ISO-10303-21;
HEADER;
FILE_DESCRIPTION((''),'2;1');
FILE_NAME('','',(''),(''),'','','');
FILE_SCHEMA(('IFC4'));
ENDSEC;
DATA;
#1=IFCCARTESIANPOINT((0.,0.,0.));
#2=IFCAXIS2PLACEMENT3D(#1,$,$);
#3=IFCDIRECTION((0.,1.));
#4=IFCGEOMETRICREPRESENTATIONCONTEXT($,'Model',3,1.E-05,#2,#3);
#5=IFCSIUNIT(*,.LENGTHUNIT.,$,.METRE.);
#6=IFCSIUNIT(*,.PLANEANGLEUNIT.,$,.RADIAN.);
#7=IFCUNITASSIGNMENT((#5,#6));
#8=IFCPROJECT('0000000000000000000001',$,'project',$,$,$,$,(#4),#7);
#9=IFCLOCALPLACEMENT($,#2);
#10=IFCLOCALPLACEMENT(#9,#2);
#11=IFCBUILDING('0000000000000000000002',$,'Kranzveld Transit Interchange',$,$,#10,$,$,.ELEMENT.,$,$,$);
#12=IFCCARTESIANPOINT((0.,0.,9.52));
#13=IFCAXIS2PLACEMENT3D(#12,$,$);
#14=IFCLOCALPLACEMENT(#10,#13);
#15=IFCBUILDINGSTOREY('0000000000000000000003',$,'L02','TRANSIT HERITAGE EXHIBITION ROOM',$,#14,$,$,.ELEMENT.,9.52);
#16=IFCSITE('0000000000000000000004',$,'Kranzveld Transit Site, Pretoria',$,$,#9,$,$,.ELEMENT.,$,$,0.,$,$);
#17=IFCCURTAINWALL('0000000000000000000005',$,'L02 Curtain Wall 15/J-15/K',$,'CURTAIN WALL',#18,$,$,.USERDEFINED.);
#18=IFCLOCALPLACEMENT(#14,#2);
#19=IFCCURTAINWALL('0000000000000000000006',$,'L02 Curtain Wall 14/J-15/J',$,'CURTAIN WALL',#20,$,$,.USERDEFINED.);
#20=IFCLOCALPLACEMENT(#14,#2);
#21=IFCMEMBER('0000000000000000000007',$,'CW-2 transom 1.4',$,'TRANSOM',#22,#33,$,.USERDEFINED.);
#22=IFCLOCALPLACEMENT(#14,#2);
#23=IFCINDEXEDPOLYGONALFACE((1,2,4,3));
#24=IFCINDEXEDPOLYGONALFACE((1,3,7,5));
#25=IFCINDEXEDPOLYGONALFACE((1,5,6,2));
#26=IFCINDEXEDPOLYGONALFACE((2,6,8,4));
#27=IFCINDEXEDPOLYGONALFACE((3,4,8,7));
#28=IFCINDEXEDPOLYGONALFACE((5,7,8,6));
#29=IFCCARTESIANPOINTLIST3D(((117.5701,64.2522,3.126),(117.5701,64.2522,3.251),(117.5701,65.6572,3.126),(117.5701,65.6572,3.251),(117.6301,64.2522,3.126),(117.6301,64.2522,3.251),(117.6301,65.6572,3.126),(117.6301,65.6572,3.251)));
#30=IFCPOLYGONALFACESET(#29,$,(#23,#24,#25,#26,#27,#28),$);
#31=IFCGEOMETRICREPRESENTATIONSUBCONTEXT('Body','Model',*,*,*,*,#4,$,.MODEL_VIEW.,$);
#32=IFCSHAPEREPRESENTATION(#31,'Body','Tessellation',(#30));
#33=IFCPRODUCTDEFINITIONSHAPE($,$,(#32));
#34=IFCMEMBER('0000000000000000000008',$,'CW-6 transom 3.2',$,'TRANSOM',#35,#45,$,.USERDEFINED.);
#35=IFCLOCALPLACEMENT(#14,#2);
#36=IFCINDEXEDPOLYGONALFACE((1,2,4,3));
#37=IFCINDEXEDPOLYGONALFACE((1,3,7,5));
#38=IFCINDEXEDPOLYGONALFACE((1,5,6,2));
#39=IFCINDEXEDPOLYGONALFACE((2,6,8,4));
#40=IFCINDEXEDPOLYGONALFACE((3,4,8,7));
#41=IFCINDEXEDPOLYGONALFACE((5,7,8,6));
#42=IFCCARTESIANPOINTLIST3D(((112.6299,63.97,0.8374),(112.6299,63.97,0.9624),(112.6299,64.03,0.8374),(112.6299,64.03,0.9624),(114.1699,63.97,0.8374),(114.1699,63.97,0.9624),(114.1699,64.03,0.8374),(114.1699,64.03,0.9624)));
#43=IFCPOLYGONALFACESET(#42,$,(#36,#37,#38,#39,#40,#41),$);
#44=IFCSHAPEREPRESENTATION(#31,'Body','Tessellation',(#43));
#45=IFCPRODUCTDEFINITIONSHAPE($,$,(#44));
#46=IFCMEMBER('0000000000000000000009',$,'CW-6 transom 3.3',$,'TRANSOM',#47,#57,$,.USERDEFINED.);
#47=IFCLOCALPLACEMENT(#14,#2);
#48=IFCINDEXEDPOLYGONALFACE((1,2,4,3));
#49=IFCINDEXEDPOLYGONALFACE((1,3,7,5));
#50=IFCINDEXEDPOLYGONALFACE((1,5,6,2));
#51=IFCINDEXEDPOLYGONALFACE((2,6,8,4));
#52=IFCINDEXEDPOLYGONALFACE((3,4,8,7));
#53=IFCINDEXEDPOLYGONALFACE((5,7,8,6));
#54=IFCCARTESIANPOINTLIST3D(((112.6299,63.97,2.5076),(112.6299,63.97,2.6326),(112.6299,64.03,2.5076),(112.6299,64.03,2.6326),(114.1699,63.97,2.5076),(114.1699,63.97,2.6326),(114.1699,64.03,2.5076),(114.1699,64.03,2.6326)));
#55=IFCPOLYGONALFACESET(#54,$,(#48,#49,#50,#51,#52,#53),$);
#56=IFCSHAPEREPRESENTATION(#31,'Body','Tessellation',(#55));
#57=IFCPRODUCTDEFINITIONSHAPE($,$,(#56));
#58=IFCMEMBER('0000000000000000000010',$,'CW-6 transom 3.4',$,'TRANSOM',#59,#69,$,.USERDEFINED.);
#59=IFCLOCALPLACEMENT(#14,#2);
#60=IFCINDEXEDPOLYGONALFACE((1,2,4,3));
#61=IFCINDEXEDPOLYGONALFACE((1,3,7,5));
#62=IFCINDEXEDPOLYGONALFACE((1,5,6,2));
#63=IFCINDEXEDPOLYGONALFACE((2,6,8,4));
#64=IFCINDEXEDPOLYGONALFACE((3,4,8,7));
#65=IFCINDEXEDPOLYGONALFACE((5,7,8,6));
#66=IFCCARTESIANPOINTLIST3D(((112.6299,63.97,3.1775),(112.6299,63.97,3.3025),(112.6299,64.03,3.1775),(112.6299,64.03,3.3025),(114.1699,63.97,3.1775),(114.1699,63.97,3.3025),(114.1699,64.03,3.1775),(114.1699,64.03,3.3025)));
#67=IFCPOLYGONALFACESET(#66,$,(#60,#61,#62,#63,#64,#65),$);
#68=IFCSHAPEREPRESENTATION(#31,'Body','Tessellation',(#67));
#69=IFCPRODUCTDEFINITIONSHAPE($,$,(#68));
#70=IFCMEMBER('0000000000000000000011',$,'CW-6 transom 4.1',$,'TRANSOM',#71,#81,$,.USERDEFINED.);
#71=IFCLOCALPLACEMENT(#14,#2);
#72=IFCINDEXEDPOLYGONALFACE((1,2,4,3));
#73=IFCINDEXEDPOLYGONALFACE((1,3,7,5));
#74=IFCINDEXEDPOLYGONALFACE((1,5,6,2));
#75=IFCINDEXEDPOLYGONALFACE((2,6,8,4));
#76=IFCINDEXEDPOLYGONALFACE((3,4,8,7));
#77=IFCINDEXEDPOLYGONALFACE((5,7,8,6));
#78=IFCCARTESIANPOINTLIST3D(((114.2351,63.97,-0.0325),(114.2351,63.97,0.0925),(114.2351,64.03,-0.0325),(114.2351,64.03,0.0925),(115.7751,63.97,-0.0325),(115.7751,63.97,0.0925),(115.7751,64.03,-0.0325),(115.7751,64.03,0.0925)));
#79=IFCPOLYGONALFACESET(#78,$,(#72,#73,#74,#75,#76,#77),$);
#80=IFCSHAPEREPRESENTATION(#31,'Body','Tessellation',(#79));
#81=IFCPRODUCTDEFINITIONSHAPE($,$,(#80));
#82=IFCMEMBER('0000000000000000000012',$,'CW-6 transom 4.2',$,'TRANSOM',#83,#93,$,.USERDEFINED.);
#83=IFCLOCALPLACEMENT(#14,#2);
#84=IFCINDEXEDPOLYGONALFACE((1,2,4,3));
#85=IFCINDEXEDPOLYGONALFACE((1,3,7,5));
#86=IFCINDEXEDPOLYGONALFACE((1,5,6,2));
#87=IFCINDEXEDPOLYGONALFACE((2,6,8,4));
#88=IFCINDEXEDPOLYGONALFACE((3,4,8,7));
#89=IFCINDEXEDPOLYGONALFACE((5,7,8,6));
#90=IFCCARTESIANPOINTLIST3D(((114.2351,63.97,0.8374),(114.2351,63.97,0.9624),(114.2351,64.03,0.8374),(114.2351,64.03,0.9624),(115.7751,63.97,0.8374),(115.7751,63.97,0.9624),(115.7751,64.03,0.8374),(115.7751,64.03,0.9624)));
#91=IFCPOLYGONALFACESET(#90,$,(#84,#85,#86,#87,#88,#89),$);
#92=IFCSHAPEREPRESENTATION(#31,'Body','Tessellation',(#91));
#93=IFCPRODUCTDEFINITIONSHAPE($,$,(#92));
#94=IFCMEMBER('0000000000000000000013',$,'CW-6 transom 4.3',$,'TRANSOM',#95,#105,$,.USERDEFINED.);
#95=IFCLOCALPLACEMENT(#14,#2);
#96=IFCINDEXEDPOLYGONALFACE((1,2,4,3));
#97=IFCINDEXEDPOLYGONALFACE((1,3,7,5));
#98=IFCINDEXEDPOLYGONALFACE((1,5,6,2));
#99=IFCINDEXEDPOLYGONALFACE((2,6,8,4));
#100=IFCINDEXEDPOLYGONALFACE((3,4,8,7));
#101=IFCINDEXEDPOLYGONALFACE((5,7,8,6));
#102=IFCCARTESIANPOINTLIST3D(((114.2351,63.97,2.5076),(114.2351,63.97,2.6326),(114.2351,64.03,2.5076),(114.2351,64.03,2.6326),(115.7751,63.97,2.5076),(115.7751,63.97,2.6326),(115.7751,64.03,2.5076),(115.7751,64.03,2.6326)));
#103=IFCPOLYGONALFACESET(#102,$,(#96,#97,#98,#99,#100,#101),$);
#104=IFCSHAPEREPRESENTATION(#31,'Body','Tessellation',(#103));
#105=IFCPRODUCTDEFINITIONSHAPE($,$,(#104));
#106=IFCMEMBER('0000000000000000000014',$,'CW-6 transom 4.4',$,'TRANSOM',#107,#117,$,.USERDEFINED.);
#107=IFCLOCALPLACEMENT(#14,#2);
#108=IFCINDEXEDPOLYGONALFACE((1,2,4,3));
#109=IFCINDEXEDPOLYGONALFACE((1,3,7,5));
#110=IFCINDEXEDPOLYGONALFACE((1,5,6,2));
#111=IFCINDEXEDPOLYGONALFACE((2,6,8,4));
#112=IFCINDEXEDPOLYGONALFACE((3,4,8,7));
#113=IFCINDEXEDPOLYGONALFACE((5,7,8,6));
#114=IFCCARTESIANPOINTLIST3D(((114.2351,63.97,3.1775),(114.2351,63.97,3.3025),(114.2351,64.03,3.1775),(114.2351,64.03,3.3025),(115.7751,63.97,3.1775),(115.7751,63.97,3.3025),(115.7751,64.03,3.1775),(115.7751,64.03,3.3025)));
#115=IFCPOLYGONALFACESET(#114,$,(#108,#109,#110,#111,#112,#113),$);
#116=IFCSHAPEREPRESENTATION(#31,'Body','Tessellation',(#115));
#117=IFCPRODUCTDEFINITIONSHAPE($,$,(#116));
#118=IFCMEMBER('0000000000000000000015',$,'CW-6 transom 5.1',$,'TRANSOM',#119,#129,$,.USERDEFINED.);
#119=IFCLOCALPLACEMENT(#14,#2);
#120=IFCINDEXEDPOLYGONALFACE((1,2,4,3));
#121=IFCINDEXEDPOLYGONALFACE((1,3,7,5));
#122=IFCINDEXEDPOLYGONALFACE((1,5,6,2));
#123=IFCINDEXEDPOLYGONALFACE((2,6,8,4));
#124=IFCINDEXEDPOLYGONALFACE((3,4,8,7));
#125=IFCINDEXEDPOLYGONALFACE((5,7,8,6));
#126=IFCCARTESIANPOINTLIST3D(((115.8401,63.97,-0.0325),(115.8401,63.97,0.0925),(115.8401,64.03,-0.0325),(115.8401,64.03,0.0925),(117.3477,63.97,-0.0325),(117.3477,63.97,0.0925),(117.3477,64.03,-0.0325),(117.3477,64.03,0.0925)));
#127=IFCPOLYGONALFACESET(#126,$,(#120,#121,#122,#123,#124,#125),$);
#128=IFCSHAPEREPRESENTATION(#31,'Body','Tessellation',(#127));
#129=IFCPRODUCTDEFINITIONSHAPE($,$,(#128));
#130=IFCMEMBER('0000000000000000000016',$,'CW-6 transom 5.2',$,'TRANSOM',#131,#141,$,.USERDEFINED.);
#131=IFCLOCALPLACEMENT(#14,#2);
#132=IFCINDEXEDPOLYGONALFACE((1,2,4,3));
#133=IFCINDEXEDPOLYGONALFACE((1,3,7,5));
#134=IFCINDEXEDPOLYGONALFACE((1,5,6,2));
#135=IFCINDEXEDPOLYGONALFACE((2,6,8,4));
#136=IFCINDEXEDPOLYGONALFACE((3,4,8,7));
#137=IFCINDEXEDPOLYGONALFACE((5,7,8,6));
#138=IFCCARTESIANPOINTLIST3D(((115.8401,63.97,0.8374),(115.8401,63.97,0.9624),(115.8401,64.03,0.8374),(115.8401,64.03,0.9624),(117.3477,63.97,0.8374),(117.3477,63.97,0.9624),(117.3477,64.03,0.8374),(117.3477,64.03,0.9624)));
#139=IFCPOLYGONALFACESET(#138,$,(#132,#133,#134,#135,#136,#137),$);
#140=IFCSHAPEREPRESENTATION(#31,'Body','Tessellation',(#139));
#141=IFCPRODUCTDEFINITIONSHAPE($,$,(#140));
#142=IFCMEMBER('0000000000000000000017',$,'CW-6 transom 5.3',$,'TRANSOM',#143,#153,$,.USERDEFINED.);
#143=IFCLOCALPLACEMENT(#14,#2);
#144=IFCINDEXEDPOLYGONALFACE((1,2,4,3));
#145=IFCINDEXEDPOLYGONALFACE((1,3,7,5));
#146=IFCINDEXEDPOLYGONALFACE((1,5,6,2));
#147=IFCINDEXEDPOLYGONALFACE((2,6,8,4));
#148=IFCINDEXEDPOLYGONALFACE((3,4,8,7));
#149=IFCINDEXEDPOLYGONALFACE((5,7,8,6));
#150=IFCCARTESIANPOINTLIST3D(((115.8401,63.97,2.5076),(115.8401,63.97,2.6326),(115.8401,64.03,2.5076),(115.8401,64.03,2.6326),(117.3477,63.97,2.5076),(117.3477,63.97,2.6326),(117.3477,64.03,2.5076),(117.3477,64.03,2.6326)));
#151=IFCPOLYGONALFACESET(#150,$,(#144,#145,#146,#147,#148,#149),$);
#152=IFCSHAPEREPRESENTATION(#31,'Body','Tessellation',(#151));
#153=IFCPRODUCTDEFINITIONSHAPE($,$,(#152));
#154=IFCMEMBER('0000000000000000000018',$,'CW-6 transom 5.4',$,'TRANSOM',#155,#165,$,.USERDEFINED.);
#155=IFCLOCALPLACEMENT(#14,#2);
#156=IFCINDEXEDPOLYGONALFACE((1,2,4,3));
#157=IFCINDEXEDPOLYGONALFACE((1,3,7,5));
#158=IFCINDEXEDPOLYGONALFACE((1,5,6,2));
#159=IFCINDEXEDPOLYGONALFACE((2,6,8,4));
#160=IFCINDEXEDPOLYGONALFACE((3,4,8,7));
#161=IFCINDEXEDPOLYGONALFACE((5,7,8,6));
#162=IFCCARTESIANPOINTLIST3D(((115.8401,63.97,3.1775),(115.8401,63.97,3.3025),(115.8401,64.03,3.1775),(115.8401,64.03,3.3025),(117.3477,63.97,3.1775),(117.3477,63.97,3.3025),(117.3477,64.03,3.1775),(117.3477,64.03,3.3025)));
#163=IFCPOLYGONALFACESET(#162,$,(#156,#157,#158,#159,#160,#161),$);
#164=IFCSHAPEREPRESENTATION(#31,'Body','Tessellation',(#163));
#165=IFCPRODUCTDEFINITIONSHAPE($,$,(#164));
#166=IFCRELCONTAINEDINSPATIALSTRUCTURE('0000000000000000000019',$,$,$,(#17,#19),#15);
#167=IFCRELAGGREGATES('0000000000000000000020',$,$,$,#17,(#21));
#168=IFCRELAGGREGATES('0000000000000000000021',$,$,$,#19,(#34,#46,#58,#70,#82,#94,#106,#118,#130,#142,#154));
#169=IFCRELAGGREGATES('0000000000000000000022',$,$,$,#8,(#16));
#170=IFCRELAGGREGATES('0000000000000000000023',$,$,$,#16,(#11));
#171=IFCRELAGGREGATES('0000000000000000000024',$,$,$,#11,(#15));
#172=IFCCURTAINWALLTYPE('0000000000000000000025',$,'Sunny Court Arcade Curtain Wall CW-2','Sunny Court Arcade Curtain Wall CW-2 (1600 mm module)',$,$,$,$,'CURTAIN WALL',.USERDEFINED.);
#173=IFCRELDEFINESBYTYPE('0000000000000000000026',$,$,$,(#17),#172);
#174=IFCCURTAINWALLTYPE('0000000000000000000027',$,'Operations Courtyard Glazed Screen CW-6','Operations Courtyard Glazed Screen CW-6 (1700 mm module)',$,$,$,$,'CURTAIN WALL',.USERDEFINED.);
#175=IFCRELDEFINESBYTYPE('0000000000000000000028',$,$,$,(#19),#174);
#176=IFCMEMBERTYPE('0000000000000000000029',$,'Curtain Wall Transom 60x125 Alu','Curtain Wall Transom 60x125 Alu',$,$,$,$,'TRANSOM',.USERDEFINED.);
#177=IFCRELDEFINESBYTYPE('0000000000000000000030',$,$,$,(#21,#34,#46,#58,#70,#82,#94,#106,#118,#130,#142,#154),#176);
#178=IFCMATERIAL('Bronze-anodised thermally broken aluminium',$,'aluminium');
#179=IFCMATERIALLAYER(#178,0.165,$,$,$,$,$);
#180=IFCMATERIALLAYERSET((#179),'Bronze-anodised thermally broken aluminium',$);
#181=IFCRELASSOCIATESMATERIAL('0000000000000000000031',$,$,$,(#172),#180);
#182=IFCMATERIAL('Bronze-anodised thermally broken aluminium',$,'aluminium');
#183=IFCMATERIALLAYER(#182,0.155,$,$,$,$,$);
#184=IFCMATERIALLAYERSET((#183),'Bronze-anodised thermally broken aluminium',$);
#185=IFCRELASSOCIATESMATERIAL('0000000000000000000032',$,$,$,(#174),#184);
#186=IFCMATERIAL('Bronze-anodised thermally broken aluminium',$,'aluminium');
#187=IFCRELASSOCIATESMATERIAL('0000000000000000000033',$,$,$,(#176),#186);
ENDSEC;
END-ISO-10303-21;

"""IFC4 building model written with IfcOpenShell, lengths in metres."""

from ifc_helpers import new_model, si_unit, direction, frame, origin, origin_2d, place, context, subcontext, project, spatial, rectangle, extrude, material, layer, layer_set, material_profile, profile_set, type_object, element, aggregate, save


model = new_model("IFC4")

# Units and contexts
model_context = context("Model", 3, precision=1e-05, world=origin(), true_north=direction((0.0, 1.0)))
body_context = subcontext(model_context, "Body", "Model", "MODEL_VIEW")
ifc_project = project(units=[si_unit("LENGTHUNIT", "METRE"), si_unit("PLANEANGLEUNIT", "RADIAN")], contexts=[model_context])

# Site, building, storey
site_placement = place(None, origin())
site = spatial("IfcSite", under=ifc_project, at=site_placement, Name="Kranzveld Transit Site, Pretoria", CompositionType="ELEMENT", RefElevation=0.0)
building_placement = place(site_placement, origin())
building = spatial("IfcBuilding", under=site, at=building_placement, Name="Kranzveld Transit Interchange", CompositionType="ELEMENT")
storey_placement = place(building_placement, frame((0.0, 0.0, 9.52)))
storey = spatial("IfcBuildingStorey", under=building, at=storey_placement, Name="L02", Description="TRANSIT HERITAGE EXHIBITION ROOM", CompositionType="ELEMENT", Elevation=9.52)

# Curtain wall
ifc_material_1 = material(Name="Bronze-anodised thermally broken aluminium", Category="aluminium")
ifc_layer_1 = layer(ifc_material_1, 0.165)
ifc_layer_set_1 = layer_set([ifc_layer_1], Name="Bronze-anodised thermally broken aluminium")
curtain_wall_type_1 = type_object("IfcCurtainWallType", Name="Sunny Court Arcade Curtain Wall CW-2", Description="Sunny Court Arcade Curtain Wall CW-2 (1600 mm module)", ElementType="CURTAIN WALL", PredefinedType="USERDEFINED", material=ifc_layer_set_1)
curtain_wall_1_placement = place(storey_placement, origin())
curtain_wall_1 = element("IfcCurtainWall", 1, at=curtain_wall_1_placement, inside=storey, type_object=curtain_wall_type_1, Name="L02 Curtain Wall 15/J-15/K", ObjectType="CURTAIN WALL", PredefinedType="USERDEFINED")

# Curtain wall
ifc_material_2 = material(Name="Bronze-anodised thermally broken aluminium", Category="aluminium")
ifc_layer_2 = layer(ifc_material_2, 0.155)
ifc_layer_set_2 = layer_set([ifc_layer_2], Name="Bronze-anodised thermally broken aluminium")
curtain_wall_type_2 = type_object("IfcCurtainWallType", Name="Operations Courtyard Glazed Screen CW-6", Description="Operations Courtyard Glazed Screen CW-6 (1700 mm module)", ElementType="CURTAIN WALL", PredefinedType="USERDEFINED", material=ifc_layer_set_2)
curtain_wall_2_placement = place(storey_placement, origin())
curtain_wall_2 = element("IfcCurtainWall", 2, at=curtain_wall_2_placement, inside=storey, type_object=curtain_wall_type_2, Name="L02 Curtain Wall 14/J-15/J", ObjectType="CURTAIN WALL", PredefinedType="USERDEFINED")

# Members
ifc_material_3 = material(Name="Bronze-anodised thermally broken aluminium", Category="aluminium")
ifc_material_profile_1 = material_profile(ifc_material_3, rectangle(XDim=0.0601, YDim=0.125, at=origin_2d()), Name="ALU TRANSOM 60x125")
ifc_profile_set_1 = profile_set([ifc_material_profile_1], Name="Bronze-anodised thermally broken aluminium")
member_type_1 = type_object("IfcMemberType", Name="Curtain Wall Transom 60x125 Alu", Description="Curtain Wall Transom 60x125 Alu", ElementType="TRANSOM", PredefinedType="USERDEFINED", material=ifc_profile_set_1)
member_1_placement = place(storey_placement, frame((117.6001, 64.2522, 3.1885), z_axis=(0.0, 1.0, 0.0), x_axis=(-1.0, 0.0, 0.0)))
member_1 = element("IfcMember", 3, at=member_1_placement, type_object=member_type_1, Name="CW-2 transom 1.4", ObjectType="TRANSOM", PredefinedType="USERDEFINED", context=body_context, shape_type="SweptSolid", body=[
    extrude(rectangle(XDim=0.0601, YDim=0.125, at=origin_2d()), origin(), (0.0, 0.0, 1.0), 1.405),
])
member_2_placement = place(storey_placement, frame((112.6299, 64.0, 0.8999), z_axis=(1.0, 0.0, 0.0), x_axis=(0.0, 1.0, 0.0)))
member_2 = element("IfcMember", 4, at=member_2_placement, type_object=member_type_1, Name="CW-6 transom 3.2", ObjectType="TRANSOM", PredefinedType="USERDEFINED", context=body_context, shape_type="SweptSolid", body=[
    extrude(rectangle(XDim=0.0601, YDim=0.125, at=origin_2d()), origin(), (0.0, 0.0, 1.0), 1.54),
])
member_3_placement = place(storey_placement, frame((112.6299, 64.0, 2.5701), z_axis=(1.0, 0.0, 0.0), x_axis=(0.0, 1.0, 0.0)))
member_3 = element("IfcMember", 5, at=member_3_placement, type_object=member_type_1, Name="CW-6 transom 3.3", ObjectType="TRANSOM", PredefinedType="USERDEFINED", context=body_context, shape_type="SweptSolid", body=[
    extrude(rectangle(XDim=0.0601, YDim=0.125, at=origin_2d()), origin(), (0.0, 0.0, 1.0), 1.54),
])
member_4_placement = place(storey_placement, frame((112.6299, 64.0, 3.24), z_axis=(1.0, 0.0, 0.0), x_axis=(0.0, 1.0, 0.0)))
member_4 = element("IfcMember", 6, at=member_4_placement, type_object=member_type_1, Name="CW-6 transom 3.4", ObjectType="TRANSOM", PredefinedType="USERDEFINED", context=body_context, shape_type="SweptSolid", body=[
    extrude(rectangle(XDim=0.0601, YDim=0.125, at=origin_2d()), origin(), (0.0, 0.0, 1.0), 1.54),
])
member_5_placement = place(storey_placement, frame((114.2351, 64.0, 0.03), z_axis=(1.0, 0.0, 0.0), x_axis=(0.0, 1.0, 0.0)))
member_5 = element("IfcMember", 7, at=member_5_placement, type_object=member_type_1, Name="CW-6 transom 4.1", ObjectType="TRANSOM", PredefinedType="USERDEFINED", context=body_context, shape_type="SweptSolid", body=[
    extrude(rectangle(XDim=0.0601, YDim=0.125, at=origin_2d()), origin(), (0.0, 0.0, 1.0), 1.54),
])
member_6_placement = place(storey_placement, frame((114.2351, 64.0, 0.8999), z_axis=(1.0, 0.0, 0.0), x_axis=(0.0, 1.0, 0.0)))
member_6 = element("IfcMember", 8, at=member_6_placement, type_object=member_type_1, Name="CW-6 transom 4.2", ObjectType="TRANSOM", PredefinedType="USERDEFINED", context=body_context, shape_type="SweptSolid", body=[
    extrude(rectangle(XDim=0.0601, YDim=0.125, at=origin_2d()), origin(), (0.0, 0.0, 1.0), 1.54),
])
member_7_placement = place(storey_placement, frame((114.2351, 64.0, 2.5701), z_axis=(1.0, 0.0, 0.0), x_axis=(0.0, 1.0, 0.0)))
member_7 = element("IfcMember", 9, at=member_7_placement, type_object=member_type_1, Name="CW-6 transom 4.3", ObjectType="TRANSOM", PredefinedType="USERDEFINED", context=body_context, shape_type="SweptSolid", body=[
    extrude(rectangle(XDim=0.0601, YDim=0.125, at=origin_2d()), origin(), (0.0, 0.0, 1.0), 1.54),
])
member_8_placement = place(storey_placement, frame((114.2351, 64.0, 3.24), z_axis=(1.0, 0.0, 0.0), x_axis=(0.0, 1.0, 0.0)))
member_8 = element("IfcMember", 10, at=member_8_placement, type_object=member_type_1, Name="CW-6 transom 4.4", ObjectType="TRANSOM", PredefinedType="USERDEFINED", context=body_context, shape_type="SweptSolid", body=[
    extrude(rectangle(XDim=0.0601, YDim=0.125, at=origin_2d()), origin(), (0.0, 0.0, 1.0), 1.54),
])
member_9_placement = place(storey_placement, frame((115.8401, 64.0, 0.03), z_axis=(1.0, 0.0, 0.0), x_axis=(0.0, 1.0, 0.0)))
member_9 = element("IfcMember", 11, at=member_9_placement, type_object=member_type_1, Name="CW-6 transom 5.1", ObjectType="TRANSOM", PredefinedType="USERDEFINED", context=body_context, shape_type="SweptSolid", body=[
    extrude(rectangle(XDim=0.0601, YDim=0.125, at=origin_2d()), origin(), (0.0, 0.0, 1.0), 1.5076),
])
member_10_placement = place(storey_placement, frame((115.8401, 64.0, 0.8999), z_axis=(1.0, 0.0, 0.0), x_axis=(0.0, 1.0, 0.0)))
member_10 = element("IfcMember", 12, at=member_10_placement, type_object=member_type_1, Name="CW-6 transom 5.2", ObjectType="TRANSOM", PredefinedType="USERDEFINED", context=body_context, shape_type="SweptSolid", body=[
    extrude(rectangle(XDim=0.0601, YDim=0.125, at=origin_2d()), origin(), (0.0, 0.0, 1.0), 1.5076),
])
member_11_placement = place(storey_placement, frame((115.8401, 64.0, 2.5701), z_axis=(1.0, 0.0, 0.0), x_axis=(0.0, 1.0, 0.0)))
member_11 = element("IfcMember", 13, at=member_11_placement, type_object=member_type_1, Name="CW-6 transom 5.3", ObjectType="TRANSOM", PredefinedType="USERDEFINED", context=body_context, shape_type="SweptSolid", body=[
    extrude(rectangle(XDim=0.0601, YDim=0.125, at=origin_2d()), origin(), (0.0, 0.0, 1.0), 1.5076),
])
member_12_placement = place(storey_placement, frame((115.8401, 64.0, 3.24), z_axis=(1.0, 0.0, 0.0), x_axis=(0.0, 1.0, 0.0)))
member_12 = element("IfcMember", 14, at=member_12_placement, type_object=member_type_1, Name="CW-6 transom 5.4", ObjectType="TRANSOM", PredefinedType="USERDEFINED", context=body_context, shape_type="SweptSolid", body=[
    extrude(rectangle(XDim=0.0601, YDim=0.125, at=origin_2d()), origin(), (0.0, 0.0, 1.0), 1.5076),
])

aggregate(curtain_wall_1, [member_1])
aggregate(curtain_wall_2, [member_2, member_3, member_4, member_5, member_6, member_7, member_8, member_9, member_10, member_11, member_12])

save(model, "model.ifc")
